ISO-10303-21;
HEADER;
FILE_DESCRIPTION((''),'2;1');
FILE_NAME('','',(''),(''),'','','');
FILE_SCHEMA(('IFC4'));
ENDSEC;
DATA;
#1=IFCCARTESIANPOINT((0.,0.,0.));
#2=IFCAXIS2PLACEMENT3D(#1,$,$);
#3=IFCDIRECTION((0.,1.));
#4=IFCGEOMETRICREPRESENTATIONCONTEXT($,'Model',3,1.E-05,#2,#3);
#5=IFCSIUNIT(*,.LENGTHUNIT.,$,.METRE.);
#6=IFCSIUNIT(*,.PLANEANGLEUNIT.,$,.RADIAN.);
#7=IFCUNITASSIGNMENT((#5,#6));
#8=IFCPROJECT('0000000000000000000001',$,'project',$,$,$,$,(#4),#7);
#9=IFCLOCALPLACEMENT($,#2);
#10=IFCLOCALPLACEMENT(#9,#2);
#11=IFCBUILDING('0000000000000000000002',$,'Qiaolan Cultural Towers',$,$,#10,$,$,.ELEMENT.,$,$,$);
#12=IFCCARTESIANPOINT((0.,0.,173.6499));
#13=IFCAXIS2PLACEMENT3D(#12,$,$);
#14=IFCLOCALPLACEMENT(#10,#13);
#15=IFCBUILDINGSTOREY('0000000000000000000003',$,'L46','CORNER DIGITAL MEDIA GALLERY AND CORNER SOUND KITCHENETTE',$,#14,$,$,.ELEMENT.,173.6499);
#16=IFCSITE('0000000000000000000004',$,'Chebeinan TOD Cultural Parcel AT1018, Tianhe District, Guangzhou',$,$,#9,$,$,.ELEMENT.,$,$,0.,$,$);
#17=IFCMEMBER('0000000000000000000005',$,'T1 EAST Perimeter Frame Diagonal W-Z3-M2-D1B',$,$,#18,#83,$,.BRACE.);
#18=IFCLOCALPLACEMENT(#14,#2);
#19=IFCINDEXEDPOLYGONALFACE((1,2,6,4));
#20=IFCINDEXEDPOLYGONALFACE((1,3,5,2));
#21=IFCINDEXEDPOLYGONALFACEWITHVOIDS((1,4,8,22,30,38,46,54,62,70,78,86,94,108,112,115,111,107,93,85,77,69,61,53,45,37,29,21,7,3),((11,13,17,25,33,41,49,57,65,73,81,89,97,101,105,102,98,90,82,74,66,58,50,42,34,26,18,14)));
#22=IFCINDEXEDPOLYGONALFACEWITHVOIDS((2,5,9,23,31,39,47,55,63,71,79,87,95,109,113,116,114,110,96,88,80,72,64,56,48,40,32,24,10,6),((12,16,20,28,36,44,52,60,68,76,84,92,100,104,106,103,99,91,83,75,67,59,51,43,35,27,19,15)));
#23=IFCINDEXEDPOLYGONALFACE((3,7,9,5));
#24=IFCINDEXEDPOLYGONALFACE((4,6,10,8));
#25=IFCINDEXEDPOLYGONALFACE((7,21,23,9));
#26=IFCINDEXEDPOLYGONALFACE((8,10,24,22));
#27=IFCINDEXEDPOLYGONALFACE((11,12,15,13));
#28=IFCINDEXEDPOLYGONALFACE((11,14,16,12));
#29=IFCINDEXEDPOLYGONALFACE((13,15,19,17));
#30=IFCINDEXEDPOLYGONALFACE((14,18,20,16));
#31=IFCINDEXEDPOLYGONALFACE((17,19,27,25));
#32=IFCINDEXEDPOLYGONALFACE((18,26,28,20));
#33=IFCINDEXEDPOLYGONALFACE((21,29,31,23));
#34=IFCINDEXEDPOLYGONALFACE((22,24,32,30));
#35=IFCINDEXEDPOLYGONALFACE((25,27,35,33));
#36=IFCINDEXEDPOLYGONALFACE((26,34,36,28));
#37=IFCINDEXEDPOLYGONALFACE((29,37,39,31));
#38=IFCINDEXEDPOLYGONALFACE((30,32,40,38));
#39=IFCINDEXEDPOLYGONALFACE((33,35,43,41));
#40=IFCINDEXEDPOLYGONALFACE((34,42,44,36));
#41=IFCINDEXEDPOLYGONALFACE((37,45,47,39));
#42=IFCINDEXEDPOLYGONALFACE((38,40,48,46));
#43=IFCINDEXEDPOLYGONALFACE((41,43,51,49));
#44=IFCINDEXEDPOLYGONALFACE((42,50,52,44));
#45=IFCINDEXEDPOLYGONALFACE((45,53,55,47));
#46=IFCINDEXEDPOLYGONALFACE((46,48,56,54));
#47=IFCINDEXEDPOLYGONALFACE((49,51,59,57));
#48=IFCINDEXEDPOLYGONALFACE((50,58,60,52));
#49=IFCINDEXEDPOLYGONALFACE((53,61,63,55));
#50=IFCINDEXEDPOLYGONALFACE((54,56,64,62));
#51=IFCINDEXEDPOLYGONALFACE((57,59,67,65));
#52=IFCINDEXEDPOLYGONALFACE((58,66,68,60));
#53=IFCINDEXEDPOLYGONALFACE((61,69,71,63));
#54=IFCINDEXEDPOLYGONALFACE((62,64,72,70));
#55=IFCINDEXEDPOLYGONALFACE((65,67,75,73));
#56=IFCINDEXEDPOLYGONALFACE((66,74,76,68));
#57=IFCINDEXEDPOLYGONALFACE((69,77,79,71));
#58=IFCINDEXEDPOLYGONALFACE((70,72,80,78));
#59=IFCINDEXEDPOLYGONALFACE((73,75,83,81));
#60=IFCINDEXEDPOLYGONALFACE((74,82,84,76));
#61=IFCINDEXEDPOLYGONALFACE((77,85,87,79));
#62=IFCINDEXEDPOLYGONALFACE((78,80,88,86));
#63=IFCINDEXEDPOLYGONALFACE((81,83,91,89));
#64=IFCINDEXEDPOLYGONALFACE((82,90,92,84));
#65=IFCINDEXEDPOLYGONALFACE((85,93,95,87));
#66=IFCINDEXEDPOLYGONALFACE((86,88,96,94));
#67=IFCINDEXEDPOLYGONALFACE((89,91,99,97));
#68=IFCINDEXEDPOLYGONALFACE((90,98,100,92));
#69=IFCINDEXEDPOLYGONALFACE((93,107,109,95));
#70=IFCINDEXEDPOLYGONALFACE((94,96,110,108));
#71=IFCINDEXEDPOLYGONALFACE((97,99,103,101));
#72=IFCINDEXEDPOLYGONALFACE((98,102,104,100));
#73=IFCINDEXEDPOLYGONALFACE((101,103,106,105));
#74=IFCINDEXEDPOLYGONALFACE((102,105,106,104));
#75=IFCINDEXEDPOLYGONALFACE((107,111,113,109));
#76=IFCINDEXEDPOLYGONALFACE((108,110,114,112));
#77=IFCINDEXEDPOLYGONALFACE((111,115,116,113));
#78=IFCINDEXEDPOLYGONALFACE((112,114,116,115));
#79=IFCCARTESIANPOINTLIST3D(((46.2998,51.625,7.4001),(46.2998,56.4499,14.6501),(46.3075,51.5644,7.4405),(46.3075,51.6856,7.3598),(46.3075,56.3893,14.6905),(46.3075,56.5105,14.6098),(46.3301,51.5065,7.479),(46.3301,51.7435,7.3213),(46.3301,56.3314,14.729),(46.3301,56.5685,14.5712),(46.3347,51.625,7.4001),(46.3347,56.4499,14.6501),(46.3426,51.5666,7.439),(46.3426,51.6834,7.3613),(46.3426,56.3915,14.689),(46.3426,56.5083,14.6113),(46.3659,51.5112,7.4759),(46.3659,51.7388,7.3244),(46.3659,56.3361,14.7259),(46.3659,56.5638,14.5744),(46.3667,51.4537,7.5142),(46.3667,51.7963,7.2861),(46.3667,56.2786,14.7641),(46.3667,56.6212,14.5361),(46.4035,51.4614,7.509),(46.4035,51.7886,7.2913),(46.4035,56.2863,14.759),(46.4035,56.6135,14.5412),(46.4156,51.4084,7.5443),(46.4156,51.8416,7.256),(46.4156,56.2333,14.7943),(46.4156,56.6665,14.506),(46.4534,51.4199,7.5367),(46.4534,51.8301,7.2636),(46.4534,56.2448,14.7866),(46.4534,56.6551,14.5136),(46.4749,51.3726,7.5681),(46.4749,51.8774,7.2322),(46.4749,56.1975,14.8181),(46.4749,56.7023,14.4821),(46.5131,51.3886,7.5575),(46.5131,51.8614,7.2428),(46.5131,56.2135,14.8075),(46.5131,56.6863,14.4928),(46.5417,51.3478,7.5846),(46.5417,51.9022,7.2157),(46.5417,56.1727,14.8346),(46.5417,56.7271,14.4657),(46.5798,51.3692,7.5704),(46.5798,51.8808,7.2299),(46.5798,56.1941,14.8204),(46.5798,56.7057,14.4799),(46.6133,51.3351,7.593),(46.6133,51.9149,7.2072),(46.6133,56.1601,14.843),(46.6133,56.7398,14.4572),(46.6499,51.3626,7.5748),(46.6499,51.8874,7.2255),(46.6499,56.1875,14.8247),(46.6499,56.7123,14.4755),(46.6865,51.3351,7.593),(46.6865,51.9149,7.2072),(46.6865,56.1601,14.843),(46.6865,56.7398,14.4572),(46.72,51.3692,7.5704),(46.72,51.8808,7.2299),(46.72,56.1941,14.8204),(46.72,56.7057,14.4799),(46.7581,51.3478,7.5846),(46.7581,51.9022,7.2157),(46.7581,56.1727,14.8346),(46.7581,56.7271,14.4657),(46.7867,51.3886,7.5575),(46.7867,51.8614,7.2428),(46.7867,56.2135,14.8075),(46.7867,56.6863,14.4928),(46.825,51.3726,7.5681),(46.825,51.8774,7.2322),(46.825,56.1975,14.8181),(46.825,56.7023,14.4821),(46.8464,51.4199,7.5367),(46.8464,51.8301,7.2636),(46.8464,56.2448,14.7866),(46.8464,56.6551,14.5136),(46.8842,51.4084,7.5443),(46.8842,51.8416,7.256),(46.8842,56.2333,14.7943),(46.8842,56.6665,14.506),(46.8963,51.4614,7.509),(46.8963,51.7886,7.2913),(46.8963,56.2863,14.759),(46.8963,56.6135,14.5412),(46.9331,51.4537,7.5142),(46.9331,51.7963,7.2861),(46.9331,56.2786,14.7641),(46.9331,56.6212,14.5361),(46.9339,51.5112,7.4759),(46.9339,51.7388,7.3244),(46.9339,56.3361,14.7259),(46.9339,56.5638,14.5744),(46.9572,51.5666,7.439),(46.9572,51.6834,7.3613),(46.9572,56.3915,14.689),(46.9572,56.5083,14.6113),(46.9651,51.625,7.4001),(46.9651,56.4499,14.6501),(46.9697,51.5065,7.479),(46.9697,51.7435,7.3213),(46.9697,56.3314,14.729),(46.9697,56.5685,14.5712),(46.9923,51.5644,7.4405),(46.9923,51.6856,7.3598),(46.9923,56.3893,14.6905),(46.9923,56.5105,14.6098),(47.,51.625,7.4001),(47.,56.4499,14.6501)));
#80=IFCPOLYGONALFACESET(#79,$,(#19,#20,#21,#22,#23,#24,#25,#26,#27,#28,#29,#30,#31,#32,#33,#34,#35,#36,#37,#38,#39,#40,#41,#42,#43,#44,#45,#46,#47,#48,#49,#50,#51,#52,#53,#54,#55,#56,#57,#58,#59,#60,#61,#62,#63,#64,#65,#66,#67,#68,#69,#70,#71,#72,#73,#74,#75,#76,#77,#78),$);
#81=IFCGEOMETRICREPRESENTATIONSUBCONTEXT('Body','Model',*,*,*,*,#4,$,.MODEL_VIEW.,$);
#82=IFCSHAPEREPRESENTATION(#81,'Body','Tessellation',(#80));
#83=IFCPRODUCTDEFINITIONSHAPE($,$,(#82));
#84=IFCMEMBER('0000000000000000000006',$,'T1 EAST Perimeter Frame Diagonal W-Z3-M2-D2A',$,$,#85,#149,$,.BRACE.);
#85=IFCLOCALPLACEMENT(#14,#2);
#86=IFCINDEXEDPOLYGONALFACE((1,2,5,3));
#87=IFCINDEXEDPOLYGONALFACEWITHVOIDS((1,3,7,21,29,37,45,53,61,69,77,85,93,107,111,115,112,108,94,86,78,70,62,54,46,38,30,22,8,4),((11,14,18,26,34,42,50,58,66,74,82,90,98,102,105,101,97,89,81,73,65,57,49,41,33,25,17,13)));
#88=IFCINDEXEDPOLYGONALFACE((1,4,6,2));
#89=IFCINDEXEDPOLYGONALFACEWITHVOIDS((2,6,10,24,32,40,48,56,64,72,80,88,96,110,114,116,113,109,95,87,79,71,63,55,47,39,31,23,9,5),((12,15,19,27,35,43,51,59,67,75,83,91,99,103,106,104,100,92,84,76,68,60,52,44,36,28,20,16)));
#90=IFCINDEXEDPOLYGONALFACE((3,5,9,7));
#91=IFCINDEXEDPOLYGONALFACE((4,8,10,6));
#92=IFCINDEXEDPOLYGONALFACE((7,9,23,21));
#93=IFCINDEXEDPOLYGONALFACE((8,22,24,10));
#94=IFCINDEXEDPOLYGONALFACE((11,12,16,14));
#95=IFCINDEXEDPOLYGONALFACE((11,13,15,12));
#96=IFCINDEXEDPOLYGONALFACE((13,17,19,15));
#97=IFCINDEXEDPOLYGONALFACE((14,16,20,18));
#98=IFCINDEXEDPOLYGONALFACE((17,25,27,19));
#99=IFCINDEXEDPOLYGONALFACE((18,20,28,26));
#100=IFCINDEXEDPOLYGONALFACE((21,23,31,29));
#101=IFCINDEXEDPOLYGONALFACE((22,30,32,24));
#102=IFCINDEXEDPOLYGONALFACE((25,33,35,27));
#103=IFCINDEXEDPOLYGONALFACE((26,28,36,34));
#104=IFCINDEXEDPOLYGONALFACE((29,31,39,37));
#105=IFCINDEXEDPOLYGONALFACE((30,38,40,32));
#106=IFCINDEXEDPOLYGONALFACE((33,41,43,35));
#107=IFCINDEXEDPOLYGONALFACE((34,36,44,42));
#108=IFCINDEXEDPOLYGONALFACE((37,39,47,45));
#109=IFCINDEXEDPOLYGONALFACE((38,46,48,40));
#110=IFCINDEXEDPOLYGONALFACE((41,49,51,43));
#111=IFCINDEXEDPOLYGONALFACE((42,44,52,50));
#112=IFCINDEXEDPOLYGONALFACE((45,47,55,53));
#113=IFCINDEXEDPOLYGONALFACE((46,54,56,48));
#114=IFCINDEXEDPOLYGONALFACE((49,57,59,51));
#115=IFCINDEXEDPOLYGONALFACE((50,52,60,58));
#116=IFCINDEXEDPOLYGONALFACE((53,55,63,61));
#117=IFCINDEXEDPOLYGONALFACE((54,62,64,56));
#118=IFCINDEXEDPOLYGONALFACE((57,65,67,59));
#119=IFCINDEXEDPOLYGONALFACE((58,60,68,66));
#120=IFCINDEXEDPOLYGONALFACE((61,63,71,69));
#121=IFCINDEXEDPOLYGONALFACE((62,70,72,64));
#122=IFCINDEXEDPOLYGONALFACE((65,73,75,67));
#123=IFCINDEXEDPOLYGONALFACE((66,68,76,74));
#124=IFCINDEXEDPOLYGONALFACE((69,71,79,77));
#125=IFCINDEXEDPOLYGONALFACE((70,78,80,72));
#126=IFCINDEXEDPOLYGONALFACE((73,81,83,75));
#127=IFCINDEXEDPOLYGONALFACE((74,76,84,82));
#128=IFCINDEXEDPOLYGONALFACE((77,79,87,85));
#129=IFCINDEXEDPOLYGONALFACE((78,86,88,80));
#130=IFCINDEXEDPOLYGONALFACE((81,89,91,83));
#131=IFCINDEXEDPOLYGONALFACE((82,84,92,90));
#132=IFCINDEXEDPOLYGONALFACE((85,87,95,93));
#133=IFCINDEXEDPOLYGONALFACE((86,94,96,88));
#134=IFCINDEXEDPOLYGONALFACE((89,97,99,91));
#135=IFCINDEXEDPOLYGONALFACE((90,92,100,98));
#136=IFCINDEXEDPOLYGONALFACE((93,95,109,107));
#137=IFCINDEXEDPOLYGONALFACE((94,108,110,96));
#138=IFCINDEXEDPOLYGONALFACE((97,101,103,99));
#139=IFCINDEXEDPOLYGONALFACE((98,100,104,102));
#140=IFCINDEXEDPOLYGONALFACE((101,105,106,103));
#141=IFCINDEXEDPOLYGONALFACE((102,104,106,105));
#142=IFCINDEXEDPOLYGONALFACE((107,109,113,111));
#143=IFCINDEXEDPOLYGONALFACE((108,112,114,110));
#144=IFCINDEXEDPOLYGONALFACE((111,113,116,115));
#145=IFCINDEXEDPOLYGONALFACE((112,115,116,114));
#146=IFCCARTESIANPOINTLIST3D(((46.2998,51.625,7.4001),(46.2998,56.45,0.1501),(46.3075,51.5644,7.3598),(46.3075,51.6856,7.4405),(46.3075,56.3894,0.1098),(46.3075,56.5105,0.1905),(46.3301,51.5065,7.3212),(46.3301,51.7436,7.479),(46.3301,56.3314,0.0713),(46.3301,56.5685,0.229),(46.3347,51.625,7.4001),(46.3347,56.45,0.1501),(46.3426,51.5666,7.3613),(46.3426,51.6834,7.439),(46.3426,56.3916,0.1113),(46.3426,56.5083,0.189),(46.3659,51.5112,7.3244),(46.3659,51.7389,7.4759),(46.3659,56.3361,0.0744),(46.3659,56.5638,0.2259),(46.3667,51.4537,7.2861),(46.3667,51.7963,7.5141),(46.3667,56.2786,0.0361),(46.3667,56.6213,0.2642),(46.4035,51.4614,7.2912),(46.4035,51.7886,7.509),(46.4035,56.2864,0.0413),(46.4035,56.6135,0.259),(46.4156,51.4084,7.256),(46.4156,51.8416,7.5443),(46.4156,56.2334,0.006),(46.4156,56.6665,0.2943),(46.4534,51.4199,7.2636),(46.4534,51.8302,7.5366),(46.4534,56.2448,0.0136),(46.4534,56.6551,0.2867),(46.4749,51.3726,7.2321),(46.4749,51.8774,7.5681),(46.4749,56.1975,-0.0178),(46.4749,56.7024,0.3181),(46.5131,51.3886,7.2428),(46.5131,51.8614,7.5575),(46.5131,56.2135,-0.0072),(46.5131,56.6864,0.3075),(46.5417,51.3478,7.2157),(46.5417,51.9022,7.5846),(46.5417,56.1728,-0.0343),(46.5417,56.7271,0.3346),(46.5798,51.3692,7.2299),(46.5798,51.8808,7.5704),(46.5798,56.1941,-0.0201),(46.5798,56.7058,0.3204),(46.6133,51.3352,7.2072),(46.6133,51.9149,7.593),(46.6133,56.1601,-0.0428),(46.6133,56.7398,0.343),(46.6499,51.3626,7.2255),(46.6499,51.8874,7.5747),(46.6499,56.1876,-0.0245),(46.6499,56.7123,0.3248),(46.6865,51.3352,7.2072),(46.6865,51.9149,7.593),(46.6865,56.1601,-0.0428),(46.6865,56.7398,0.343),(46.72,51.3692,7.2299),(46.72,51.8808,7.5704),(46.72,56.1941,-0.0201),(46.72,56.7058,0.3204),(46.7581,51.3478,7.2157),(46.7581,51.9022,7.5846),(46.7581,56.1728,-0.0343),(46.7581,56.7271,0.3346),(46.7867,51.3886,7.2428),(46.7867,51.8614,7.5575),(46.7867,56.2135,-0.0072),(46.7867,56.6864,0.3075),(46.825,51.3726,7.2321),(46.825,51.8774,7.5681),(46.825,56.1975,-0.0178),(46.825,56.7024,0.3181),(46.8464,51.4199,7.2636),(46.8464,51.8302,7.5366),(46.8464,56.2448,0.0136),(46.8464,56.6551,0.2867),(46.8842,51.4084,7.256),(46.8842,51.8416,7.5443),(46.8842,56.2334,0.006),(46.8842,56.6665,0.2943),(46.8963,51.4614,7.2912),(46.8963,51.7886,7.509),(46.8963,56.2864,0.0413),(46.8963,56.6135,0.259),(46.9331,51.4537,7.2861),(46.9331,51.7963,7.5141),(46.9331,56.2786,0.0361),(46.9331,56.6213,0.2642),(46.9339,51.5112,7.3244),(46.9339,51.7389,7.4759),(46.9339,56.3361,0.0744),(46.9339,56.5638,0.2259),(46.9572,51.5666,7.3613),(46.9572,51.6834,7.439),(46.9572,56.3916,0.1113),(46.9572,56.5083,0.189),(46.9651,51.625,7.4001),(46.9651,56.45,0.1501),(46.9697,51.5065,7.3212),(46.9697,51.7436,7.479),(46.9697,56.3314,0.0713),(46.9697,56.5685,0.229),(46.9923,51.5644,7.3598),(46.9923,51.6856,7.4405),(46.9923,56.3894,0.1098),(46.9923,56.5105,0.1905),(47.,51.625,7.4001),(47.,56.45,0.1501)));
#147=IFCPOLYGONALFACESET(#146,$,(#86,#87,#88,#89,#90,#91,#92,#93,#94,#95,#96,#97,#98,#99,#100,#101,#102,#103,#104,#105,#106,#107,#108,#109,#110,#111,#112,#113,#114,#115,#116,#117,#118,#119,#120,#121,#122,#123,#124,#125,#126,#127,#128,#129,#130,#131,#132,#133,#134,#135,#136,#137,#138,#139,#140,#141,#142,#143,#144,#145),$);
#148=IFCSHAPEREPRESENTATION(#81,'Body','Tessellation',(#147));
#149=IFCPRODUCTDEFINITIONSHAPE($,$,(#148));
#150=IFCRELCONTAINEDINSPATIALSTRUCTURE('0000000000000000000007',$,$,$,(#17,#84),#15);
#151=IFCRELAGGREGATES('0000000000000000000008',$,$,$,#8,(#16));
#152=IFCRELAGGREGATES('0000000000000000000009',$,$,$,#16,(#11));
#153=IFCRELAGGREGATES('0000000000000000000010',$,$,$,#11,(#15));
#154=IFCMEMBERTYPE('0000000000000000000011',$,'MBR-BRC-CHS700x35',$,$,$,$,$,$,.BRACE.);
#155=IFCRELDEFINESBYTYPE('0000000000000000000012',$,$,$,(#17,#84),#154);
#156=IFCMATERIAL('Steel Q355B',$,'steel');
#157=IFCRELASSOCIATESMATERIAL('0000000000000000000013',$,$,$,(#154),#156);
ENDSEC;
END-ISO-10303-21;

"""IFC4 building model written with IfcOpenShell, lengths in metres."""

from ifc_helpers import new_model, si_unit, direction, frame, origin, origin_2d, place, context, subcontext, project, spatial, hollow_circle, extrude, material, material_profile, profile_set, type_object, element, save


model = new_model("IFC4")

# Units and contexts
model_context = context("Model", 3, precision=1e-05, world=origin(), true_north=direction((0.0, 1.0)))
body_context = subcontext(model_context, "Body", "Model", "MODEL_VIEW")
ifc_project = project(units=[si_unit("LENGTHUNIT", "METRE"), si_unit("PLANEANGLEUNIT", "RADIAN")], contexts=[model_context])

# Site, building, storey
site_placement = place(None, origin())
site = spatial("IfcSite", under=ifc_project, at=site_placement, Name="Chebeinan TOD Cultural Parcel AT1018, Tianhe District, Guangzhou", CompositionType="ELEMENT", RefElevation=0.0)
building_placement = place(site_placement, origin())
building = spatial("IfcBuilding", under=site, at=building_placement, Name="Qiaolan Cultural Towers", CompositionType="ELEMENT")
storey_placement = place(building_placement, frame((0.0, 0.0, 173.6499)))
storey = spatial("IfcBuildingStorey", under=building, at=storey_placement, Name="L46", Description="CORNER DIGITAL MEDIA GALLERY AND CORNER SOUND KITCHENETTE", CompositionType="ELEMENT", Elevation=173.6499)

# Members
ifc_material_1 = material(Name="Steel Q355B", Category="steel")
ifc_material_profile_1 = material_profile(ifc_material_1, hollow_circle(Radius=0.3501, WallThickness=0.0349, at=origin_2d()), Name="CHS700x35")
ifc_profile_set_1 = profile_set([ifc_material_profile_1], Name="Steel Q355B")
member_type = type_object("IfcMemberType", Name="MBR-BRC-CHS700x35", PredefinedType="BRACE", material=ifc_profile_set_1)
for number, where, z_axis, x_axis, name in (
    (1, (46.6499, 51.625, 7.4001), (0.0, 0.554034, 0.832494), (-1.0, 0.0, 0.0), "T1 EAST Perimeter Frame Diagonal W-Z3-M2-D1B"),
    (2, (46.6499, 56.45, 0.1501), (0.0, -0.554034, 0.832494), (1.0, 0.0, 0.0), "T1 EAST Perimeter Frame Diagonal W-Z3-M2-D2A"),
):
    element("IfcMember", number, at=place(storey_placement, frame(where, z_axis=z_axis, x_axis=x_axis)), inside=storey, type_object=member_type, Name=name, PredefinedType="BRACE", context=body_context, shape_type="SweptSolid", body=[
        extrude(hollow_circle(Radius=0.3501, WallThickness=0.0349, at=origin_2d()), origin(), (0.0, 0.0, 1.0), 8.7087),
    ])

save(model, "model.ifc")
